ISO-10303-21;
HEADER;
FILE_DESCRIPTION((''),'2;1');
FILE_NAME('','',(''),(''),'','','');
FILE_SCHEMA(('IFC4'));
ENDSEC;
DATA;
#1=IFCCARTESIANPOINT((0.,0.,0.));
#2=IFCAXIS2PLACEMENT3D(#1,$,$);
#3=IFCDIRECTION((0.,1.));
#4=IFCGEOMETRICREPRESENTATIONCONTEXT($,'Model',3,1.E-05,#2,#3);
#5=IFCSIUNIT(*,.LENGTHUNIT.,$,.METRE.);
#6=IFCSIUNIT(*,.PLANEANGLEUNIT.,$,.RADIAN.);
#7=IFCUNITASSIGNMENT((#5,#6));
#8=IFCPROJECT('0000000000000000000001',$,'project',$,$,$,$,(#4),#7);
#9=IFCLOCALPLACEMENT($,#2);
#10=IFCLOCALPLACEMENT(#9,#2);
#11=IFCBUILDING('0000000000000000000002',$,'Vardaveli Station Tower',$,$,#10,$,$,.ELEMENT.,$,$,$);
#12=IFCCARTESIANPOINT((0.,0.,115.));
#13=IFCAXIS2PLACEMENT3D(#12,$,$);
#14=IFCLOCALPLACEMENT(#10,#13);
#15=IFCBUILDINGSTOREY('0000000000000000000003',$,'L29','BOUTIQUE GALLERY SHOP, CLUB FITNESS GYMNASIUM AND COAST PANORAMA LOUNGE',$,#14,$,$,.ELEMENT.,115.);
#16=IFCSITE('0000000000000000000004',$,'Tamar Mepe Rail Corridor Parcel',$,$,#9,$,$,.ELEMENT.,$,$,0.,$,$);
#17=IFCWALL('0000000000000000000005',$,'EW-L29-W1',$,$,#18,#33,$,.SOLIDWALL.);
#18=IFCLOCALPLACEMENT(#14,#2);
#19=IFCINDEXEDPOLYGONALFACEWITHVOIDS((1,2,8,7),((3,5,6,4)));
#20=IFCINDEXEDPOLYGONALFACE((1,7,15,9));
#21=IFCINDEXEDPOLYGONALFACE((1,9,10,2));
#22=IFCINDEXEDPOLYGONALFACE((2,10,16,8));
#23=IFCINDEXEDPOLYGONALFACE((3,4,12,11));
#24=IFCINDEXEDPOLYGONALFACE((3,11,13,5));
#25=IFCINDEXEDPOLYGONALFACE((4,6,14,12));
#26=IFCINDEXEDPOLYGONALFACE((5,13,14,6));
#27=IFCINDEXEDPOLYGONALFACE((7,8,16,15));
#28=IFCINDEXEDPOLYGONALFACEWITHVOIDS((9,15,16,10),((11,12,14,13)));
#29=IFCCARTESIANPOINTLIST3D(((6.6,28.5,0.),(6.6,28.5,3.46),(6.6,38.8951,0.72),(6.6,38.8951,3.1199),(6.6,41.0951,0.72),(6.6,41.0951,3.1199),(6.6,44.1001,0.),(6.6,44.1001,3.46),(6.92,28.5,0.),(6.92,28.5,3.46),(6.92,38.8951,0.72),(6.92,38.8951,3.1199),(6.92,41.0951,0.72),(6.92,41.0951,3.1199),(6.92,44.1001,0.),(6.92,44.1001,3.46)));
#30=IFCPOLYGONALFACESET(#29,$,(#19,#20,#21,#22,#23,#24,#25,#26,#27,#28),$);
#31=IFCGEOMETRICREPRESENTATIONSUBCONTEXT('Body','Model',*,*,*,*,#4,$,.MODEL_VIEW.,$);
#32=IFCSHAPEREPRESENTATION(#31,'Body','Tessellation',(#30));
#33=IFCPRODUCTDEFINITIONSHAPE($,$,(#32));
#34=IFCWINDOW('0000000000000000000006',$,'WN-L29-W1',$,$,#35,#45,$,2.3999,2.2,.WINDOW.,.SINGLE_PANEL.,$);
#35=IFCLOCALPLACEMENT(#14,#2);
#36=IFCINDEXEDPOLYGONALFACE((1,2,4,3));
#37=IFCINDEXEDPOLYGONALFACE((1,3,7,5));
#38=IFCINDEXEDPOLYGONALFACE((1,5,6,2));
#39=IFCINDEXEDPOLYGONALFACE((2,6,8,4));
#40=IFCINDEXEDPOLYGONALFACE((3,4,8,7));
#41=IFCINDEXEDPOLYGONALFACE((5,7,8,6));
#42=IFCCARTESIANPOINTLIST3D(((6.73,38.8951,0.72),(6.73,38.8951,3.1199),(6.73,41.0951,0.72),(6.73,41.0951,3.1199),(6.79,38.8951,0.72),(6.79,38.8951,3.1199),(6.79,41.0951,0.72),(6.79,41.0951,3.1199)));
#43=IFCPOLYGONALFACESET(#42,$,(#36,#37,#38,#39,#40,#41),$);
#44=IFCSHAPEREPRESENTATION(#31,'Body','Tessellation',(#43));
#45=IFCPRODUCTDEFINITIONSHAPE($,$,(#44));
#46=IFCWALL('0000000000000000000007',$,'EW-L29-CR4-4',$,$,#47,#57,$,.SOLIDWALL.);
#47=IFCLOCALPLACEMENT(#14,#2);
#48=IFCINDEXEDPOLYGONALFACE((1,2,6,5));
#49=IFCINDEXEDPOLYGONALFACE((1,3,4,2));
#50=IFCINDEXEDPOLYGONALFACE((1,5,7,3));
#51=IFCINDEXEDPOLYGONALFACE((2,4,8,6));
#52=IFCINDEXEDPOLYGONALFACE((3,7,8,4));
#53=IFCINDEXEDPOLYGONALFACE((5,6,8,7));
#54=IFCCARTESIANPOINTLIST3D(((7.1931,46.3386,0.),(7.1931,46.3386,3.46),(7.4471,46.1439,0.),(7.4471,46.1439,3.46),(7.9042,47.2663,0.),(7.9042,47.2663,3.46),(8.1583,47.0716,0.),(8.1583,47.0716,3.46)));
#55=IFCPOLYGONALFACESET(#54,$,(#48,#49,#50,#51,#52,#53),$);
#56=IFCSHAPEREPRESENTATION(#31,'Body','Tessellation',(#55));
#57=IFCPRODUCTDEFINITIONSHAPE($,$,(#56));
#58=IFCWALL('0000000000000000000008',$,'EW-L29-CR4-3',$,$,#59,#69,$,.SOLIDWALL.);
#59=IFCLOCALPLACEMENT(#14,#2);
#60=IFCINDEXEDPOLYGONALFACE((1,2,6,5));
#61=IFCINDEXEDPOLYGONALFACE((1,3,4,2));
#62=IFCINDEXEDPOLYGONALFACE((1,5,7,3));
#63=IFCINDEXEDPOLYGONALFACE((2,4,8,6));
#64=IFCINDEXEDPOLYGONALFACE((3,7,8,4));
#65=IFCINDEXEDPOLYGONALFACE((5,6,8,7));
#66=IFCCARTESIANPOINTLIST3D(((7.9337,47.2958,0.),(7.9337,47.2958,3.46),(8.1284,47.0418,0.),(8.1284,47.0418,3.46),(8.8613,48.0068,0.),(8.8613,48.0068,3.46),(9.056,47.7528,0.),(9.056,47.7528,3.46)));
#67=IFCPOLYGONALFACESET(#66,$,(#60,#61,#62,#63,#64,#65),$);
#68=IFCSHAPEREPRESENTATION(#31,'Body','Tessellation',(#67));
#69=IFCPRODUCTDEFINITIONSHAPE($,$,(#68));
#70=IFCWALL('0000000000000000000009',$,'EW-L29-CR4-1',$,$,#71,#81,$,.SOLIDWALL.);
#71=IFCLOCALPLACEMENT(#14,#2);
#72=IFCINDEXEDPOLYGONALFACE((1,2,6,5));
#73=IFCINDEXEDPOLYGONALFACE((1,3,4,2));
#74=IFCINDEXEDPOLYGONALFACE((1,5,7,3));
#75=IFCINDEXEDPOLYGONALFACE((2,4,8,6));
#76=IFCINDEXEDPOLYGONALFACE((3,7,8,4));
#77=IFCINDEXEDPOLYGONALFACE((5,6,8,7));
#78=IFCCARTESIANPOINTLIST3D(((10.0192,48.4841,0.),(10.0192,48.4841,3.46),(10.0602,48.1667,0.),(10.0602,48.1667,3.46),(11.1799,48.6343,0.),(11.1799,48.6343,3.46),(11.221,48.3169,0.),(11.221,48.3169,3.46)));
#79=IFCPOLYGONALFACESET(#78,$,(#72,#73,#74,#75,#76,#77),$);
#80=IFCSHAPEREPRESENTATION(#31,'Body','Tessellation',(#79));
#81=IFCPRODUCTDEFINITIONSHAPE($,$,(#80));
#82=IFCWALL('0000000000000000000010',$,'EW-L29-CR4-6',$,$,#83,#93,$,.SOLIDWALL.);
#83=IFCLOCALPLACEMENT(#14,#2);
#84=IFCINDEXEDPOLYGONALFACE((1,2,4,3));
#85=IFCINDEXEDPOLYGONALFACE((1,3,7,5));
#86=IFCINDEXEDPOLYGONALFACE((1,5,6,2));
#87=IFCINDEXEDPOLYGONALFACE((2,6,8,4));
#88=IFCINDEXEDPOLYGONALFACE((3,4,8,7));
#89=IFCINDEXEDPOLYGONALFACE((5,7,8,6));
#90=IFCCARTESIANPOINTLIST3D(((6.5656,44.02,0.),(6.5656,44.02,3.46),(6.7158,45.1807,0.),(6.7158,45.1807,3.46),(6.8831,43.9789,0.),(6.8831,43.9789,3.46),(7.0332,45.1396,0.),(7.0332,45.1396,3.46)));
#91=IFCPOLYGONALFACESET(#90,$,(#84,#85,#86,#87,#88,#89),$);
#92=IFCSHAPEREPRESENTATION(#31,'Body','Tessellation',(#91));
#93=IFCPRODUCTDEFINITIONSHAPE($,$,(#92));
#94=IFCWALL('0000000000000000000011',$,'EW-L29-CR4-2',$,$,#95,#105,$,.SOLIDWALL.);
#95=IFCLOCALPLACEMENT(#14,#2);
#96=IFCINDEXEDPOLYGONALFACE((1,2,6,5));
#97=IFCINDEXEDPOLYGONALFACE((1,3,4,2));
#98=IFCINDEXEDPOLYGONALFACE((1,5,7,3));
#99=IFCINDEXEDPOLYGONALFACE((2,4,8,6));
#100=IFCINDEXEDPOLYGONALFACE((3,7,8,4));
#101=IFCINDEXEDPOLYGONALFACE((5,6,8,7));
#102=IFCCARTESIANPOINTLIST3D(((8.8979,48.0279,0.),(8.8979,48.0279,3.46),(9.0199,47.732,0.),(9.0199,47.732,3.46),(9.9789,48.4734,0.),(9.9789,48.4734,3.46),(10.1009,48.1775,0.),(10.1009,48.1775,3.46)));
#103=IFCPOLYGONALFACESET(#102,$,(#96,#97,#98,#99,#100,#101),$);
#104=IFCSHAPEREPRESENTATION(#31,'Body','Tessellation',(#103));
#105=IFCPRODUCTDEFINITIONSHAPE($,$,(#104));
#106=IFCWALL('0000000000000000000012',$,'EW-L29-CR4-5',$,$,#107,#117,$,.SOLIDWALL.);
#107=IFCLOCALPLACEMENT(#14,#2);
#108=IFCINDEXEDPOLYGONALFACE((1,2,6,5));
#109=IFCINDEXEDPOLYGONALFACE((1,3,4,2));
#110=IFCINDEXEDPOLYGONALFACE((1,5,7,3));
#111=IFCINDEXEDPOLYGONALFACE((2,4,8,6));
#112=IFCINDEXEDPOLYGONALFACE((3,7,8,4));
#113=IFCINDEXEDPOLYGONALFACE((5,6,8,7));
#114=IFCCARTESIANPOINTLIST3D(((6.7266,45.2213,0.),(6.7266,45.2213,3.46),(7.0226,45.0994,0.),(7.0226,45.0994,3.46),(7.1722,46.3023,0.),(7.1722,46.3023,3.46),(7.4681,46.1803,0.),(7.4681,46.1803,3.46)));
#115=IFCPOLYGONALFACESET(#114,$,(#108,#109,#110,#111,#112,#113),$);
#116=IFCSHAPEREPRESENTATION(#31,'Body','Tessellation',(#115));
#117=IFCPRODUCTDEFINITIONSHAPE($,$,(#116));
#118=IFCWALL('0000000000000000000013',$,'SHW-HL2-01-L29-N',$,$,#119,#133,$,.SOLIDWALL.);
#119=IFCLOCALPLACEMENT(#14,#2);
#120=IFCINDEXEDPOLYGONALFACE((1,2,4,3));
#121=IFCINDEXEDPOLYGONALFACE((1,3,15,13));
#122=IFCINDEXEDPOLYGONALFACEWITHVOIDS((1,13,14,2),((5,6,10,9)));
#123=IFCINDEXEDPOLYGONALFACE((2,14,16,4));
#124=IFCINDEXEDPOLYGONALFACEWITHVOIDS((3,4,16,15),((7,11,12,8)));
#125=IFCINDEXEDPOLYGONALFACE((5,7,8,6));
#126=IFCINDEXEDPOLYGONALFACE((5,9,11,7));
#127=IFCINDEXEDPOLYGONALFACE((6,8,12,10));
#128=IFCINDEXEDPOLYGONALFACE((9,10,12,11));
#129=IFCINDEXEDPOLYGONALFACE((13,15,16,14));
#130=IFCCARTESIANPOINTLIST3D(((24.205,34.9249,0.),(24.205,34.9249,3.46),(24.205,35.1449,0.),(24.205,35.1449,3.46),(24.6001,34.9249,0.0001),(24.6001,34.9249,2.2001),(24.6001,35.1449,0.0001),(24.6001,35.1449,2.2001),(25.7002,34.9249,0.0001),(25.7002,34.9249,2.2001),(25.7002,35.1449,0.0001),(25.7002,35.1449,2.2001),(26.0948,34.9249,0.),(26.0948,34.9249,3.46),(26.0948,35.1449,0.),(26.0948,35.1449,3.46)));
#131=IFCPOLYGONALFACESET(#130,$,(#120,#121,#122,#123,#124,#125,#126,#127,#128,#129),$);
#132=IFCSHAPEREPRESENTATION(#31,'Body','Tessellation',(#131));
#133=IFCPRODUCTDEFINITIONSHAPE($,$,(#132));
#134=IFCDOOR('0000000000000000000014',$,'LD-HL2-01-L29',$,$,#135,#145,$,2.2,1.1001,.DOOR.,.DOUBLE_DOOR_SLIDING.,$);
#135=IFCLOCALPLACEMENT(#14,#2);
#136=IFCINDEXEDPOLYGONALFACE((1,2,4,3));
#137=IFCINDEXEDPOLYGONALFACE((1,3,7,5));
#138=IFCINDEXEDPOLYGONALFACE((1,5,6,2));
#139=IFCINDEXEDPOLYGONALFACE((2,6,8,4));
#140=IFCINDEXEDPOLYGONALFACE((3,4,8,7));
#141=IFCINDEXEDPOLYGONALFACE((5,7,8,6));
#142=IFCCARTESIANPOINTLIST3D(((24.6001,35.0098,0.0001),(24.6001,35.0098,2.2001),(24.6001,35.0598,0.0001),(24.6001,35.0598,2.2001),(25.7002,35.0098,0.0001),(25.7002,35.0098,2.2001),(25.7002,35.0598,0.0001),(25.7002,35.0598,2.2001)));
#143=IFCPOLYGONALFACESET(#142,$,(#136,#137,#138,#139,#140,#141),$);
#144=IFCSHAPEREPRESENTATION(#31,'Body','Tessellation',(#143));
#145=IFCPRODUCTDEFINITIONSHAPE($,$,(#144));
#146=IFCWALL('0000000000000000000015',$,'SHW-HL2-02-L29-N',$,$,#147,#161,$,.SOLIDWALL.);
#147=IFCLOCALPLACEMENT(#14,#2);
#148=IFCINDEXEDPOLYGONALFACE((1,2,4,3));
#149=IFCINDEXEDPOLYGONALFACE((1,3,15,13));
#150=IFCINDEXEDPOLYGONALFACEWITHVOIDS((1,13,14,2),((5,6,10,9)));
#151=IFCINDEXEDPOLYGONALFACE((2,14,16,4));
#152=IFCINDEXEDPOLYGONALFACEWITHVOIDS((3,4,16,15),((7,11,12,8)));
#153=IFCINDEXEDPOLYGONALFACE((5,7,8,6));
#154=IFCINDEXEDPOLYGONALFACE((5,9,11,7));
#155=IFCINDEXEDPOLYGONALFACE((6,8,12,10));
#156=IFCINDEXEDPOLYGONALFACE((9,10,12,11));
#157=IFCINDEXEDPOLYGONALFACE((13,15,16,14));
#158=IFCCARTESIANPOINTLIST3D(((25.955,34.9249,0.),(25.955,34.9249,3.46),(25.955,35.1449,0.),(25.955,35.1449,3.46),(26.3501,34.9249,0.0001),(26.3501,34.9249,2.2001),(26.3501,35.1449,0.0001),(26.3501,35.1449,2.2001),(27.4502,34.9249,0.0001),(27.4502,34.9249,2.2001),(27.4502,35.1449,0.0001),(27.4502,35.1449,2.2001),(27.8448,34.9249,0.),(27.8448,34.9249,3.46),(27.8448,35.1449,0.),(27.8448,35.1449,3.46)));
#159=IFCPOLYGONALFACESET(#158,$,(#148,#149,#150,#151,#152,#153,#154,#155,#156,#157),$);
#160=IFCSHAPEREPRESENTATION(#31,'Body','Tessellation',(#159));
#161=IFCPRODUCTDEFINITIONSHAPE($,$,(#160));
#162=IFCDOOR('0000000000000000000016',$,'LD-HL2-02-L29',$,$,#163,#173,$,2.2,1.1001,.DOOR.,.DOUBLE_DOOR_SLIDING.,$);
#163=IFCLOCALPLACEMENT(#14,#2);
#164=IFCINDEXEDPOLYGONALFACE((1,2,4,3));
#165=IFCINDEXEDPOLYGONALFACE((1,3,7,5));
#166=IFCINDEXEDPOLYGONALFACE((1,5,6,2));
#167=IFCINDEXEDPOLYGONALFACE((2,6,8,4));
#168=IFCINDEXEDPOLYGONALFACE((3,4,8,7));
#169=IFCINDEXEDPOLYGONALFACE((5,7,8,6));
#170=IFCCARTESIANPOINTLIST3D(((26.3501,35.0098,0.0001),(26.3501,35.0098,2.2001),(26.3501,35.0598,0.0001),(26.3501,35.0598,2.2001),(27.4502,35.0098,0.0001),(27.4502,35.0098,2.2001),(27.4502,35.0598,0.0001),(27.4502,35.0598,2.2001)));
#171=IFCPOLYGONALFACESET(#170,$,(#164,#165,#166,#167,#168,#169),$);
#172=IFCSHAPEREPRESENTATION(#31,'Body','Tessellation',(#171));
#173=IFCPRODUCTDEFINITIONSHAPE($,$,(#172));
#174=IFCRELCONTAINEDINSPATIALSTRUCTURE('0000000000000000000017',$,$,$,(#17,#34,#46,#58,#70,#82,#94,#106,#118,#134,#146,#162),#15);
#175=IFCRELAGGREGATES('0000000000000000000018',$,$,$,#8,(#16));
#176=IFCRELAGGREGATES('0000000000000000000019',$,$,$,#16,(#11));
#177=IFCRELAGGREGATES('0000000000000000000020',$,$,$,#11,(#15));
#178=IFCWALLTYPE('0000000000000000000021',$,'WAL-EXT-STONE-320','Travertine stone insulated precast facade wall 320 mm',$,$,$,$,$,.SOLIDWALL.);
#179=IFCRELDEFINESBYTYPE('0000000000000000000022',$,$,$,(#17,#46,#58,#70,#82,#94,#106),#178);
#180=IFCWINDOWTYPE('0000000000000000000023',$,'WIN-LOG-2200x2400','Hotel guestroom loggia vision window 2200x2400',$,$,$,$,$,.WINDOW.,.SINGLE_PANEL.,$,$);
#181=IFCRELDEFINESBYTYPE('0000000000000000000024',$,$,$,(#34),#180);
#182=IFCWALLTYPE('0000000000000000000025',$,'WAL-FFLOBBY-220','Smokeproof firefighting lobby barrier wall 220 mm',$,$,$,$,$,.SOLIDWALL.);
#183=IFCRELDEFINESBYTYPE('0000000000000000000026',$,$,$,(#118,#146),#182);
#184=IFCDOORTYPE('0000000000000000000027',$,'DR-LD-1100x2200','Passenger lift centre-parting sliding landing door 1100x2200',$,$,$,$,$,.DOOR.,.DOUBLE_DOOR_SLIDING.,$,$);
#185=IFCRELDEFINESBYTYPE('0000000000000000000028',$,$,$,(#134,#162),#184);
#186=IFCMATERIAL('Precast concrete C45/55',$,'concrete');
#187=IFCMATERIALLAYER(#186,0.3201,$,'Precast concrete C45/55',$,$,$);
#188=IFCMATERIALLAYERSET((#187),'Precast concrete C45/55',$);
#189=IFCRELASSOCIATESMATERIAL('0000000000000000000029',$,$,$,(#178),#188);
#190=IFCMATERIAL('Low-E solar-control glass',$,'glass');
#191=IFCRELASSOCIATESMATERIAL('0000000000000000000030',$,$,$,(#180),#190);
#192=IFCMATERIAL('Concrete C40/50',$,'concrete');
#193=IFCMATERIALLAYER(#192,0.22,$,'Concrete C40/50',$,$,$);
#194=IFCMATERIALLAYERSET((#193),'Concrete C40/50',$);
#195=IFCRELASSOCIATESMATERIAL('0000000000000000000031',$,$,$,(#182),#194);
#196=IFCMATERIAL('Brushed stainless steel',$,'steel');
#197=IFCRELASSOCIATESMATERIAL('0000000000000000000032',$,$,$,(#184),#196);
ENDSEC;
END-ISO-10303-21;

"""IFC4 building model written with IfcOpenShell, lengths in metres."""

from ifc_helpers import new_model, si_unit, direction, frame, frame_2d, origin, place, context, subcontext, project, spatial, rectangle, extrude, source, transform, mapped, material, layer, layer_set, type_object, element, fill, save


model = new_model("IFC4")

# Units and contexts
model_context = context("Model", 3, precision=1e-05, world=origin(), true_north=direction((0.0, 1.0)))
body_context = subcontext(model_context, "Body", "Model", "MODEL_VIEW")
ifc_project = project(units=[si_unit("LENGTHUNIT", "METRE"), si_unit("PLANEANGLEUNIT", "RADIAN")], contexts=[model_context])

# Site, building, storey
site_placement = place(None, origin())
site = spatial("IfcSite", under=ifc_project, at=site_placement, Name="Tamar Mepe Rail Corridor Parcel", CompositionType="ELEMENT", RefElevation=0.0)
building_placement = place(site_placement, origin())
building = spatial("IfcBuilding", under=site, at=building_placement, Name="Vardaveli Station Tower", CompositionType="ELEMENT")
storey_placement = place(building_placement, frame((0.0, 0.0, 115.0)))
storey = spatial("IfcBuildingStorey", under=building, at=storey_placement, Name="L29", Description="BOUTIQUE GALLERY SHOP, CLUB FITNESS GYMNASIUM AND COAST PANORAMA LOUNGE", CompositionType="ELEMENT", Elevation=115.0)

# Shared definitions
ifc_material_1 = material(Name="Precast concrete C45/55", Category="concrete")

# Wall, opening, window
ifc_layer_1 = layer(ifc_material_1, 0.3201, Name="Precast concrete C45/55")
ifc_layer_set_1 = layer_set([ifc_layer_1], Name="Precast concrete C45/55")
wall_type_1 = type_object("IfcWallType", Name="WAL-EXT-STONE-320", Description="Travertine stone insulated precast facade wall 320 mm", PredefinedType="SOLIDWALL", material=ifc_layer_set_1)
shared_shape_1 = source(origin(), body_context, "Body", "SweptSolid", [
    extrude(rectangle(XDim=15.6001, YDim=0.3201, at=frame_2d((7.8, 0.0))), origin(), (0.0, 0.0, 1.0), 3.46),
])
wall_1_placement = place(storey_placement, frame((6.76, 44.1001, 0.0), z_axis=(0.0, 0.0, 1.0), x_axis=(0.0, -1.0, 0.0)))
wall_1 = element("IfcWall", 1, at=wall_1_placement, inside=storey, type_object=wall_type_1, Name="EW-L29-W1", PredefinedType="SOLIDWALL", context=body_context, shape_type="MappedRepresentation", body=[
    mapped(shared_shape_1, transform((0.0, 0.0, 0.0), scale=1.0)),
])
shared_shape_2 = source(origin(), body_context, "Body", "SweptSolid", [
    extrude(rectangle(XDim=2.2, YDim=2.3999, at=frame_2d((1.1001, 1.2))), frame((0.0, 0.1699, 0.0), z_axis=(0.0, -1.0, 0.0), x_axis=(1.0, 0.0, 0.0)), (0.0, 0.0, 1.0), 0.3401),
])
opening_1_placement = place(wall_1_placement, frame((3.0049, 0.0, 0.72)))
opening_1 = element("IfcOpeningElement", 2, at=opening_1_placement, cuts=wall_1, PredefinedType="OPENING", context=body_context, shape_type="MappedRepresentation", body=[
    mapped(shared_shape_2, transform((0.0, 0.0, 0.0), scale=1.0)),
])
ifc_material_2 = material(Name="Low-E solar-control glass", Category="glass")
window_type = type_object("IfcWindowType", Name="WIN-LOG-2200x2400", Description="Hotel guestroom loggia vision window 2200x2400", PartitioningType="SINGLE_PANEL", PredefinedType="WINDOW", material=ifc_material_2)
shared_shape_3 = source(origin(), body_context, "Body", "SweptSolid", [
    extrude(rectangle(XDim=2.2, YDim=2.3999, at=frame_2d((1.1001, 1.2))), frame((0.0, 0.03, 0.0), z_axis=(0.0, -1.0, 0.0), x_axis=(1.0, 0.0, 0.0)), (0.0, 0.0, 1.0), 0.0601),
])
window_placement = place(opening_1_placement, origin())
window = element("IfcWindow", 3, at=window_placement, inside=storey, type_object=window_type, Name="WN-L29-W1", OverallHeight=2.3999, OverallWidth=2.2, PartitioningType="SINGLE_PANEL", PredefinedType="WINDOW", context=body_context, shape_type="MappedRepresentation", body=[
    mapped(shared_shape_3, transform((0.0, 0.0, 0.0), scale=1.0)),
])
fill(opening_1, window)

# Walls
shared_shape_4 = source(origin(), body_context, "Body", "SweptSolid", [
    extrude(rectangle(XDim=1.1689, YDim=0.3201, at=frame_2d((0.5845, 0.0))), origin(), (0.0, 0.0, 1.0), 3.46),
])
wall_2_placement = place(storey_placement, frame((8.0312, 47.1689, 0.0), z_axis=(0.0, 0.0, 1.0), x_axis=(-0.608388, -0.79364, 0.0)))
element("IfcWall", 4, at=wall_2_placement, inside=storey, type_object=wall_type_1, Name="EW-L29-CR4-4", PredefinedType="SOLIDWALL", context=body_context, shape_type="MappedRepresentation", body=[
    mapped(shared_shape_4, transform((0.0, 0.0, 0.0), scale=1.0)),
])
shared_shape_5 = source(origin(), body_context, "Body", "SweptSolid", [
    extrude(rectangle(XDim=1.1687, YDim=0.3201, at=frame_2d((0.5845, 0.0))), origin(), (0.0, 0.0, 1.0), 3.46),
])
wall_3_placement = place(storey_placement, frame((8.9587, 47.8799, 0.0), z_axis=(0.0, 0.0, 1.0), x_axis=(-0.793664, -0.608357, 0.0)))
element("IfcWall", 5, at=wall_3_placement, inside=storey, type_object=wall_type_1, Name="EW-L29-CR4-3", PredefinedType="SOLIDWALL", context=body_context, shape_type="MappedRepresentation", body=[
    mapped(shared_shape_5, transform((0.0, 0.0, 0.0), scale=1.0)),
])
shared_shape_6 = source(origin(), body_context, "Body", "SweptSolid", [
    extrude(rectangle(XDim=1.1704, YDim=0.3201, at=frame_2d((0.5852, 0.0))), origin(), (0.0, 0.0, 1.0), 3.46),
])
for number, where, z_axis, x_axis, name in (
    (6, (11.2004, 48.4756, 0.0), (0.0, 0.0, 1.0), (-0.991736, -0.128296, 0.0), "EW-L29-CR4-1"),
    (7, (6.8745, 45.1602, 0.0), (0.0, 0.0, 1.0), (-0.128296, -0.991736, 0.0), "EW-L29-CR4-6"),
):
    element("IfcWall", number, at=place(storey_placement, frame(where, z_axis=z_axis, x_axis=x_axis)), inside=storey, type_object=wall_type_1, Name=name, PredefinedType="SOLIDWALL", context=body_context, shape_type="MappedRepresentation", body=[
        mapped(shared_shape_6, transform((0.0, 0.0, 0.0), scale=1.0)),
    ])
shared_shape_7 = source(origin(), body_context, "Body", "SweptSolid", [
    extrude(rectangle(XDim=1.1692, YDim=0.3201, at=frame_2d((0.5845, 0.0))), origin(), (0.0, 0.0, 1.0), 3.46),
])
for number, where, z_axis, x_axis, name in (
    (8, (10.0398, 48.3254, 0.0), (0.0, 0.0, 1.0), (-0.924553, -0.381054, 0.0), "EW-L29-CR4-2"),
    (9, (7.3201, 46.2412, 0.0), (0.0, 0.0, 1.0), (-0.381054, -0.924553, 0.0), "EW-L29-CR4-5"),
):
    element("IfcWall", number, at=place(storey_placement, frame(where, z_axis=z_axis, x_axis=x_axis)), inside=storey, type_object=wall_type_1, Name=name, PredefinedType="SOLIDWALL", context=body_context, shape_type="MappedRepresentation", body=[
        mapped(shared_shape_7, transform((0.0, 0.0, 0.0), scale=1.0)),
    ])

# Walls, openings, doors
ifc_material_3 = material(Name="Concrete C40/50", Category="concrete")
ifc_layer_2 = layer(ifc_material_3, 0.22, Name="Concrete C40/50")
ifc_layer_set_2 = layer_set([ifc_layer_2], Name="Concrete C40/50")
wall_type_2 = type_object("IfcWallType", Name="WAL-FFLOBBY-220", Description="Smokeproof firefighting lobby barrier wall 220 mm", PredefinedType="SOLIDWALL", material=ifc_layer_set_2)
shared_shape_8 = source(origin(), body_context, "Body", "SweptSolid", [
    extrude(rectangle(XDim=1.8899, YDim=0.22, at=frame_2d((0.9448, 0.0))), origin(), (0.0, 0.0, 1.0), 3.46),
])
wall_4_placement = place(storey_placement, frame((24.2051, 35.0349, 0.0), z_axis=(0.0, 0.0, 1.0), x_axis=(1.0, 0.0, 0.0)))
wall_4 = element("IfcWall", 10, at=wall_4_placement, inside=storey, type_object=wall_type_2, Name="SHW-HL2-01-L29-N", PredefinedType="SOLIDWALL", context=body_context, shape_type="MappedRepresentation", body=[
    mapped(shared_shape_8, transform((0.0, 0.0, 0.0), scale=1.0)),
])
shared_shape_9 = source(origin(), body_context, "Body", "SweptSolid", [
    extrude(rectangle(XDim=1.1001, YDim=2.2, at=frame_2d((0.55, 1.1001))), frame((0.0, 0.1201, 0.0), z_axis=(0.0, -1.0, 0.0), x_axis=(1.0, 0.0, 0.0)), (0.0, 0.0, 1.0), 0.24),
])
opening_2_placement = place(wall_4_placement, frame((0.395, 0.0, 0.0)))
opening_2 = element("IfcOpeningElement", 11, at=opening_2_placement, cuts=wall_4, PredefinedType="OPENING", context=body_context, shape_type="MappedRepresentation", body=[
    mapped(shared_shape_9, transform((0.0, 0.0, 0.0), scale=1.0)),
])
ifc_material_4 = material(Name="Brushed stainless steel", Category="steel")
door_type_1 = type_object("IfcDoorType", Name="DR-LD-1100x2200", Description="Passenger lift centre-parting sliding landing door 1100x2200", OperationType="DOUBLE_DOOR_SLIDING", PredefinedType="DOOR", material=ifc_material_4)
shared_shape_10 = source(origin(), body_context, "Body", "SweptSolid", [
    extrude(rectangle(XDim=1.1001, YDim=2.2, at=frame_2d((0.55, 1.1001))), frame((0.0, 0.0249, 0.0), z_axis=(0.0, -1.0, 0.0), x_axis=(1.0, 0.0, 0.0)), (0.0, 0.0, 1.0), 0.05),
])
door_1_placement = place(opening_2_placement, origin())
door_1 = element("IfcDoor", 12, at=door_1_placement, inside=storey, type_object=door_type_1, Name="LD-HL2-01-L29", OperationType="DOUBLE_DOOR_SLIDING", OverallHeight=2.2, OverallWidth=1.1001, PredefinedType="DOOR", context=body_context, shape_type="MappedRepresentation", body=[
    mapped(shared_shape_10, transform((0.0, 0.0, 0.0), scale=1.0)),
])
fill(opening_2, door_1)
wall_5_placement = place(storey_placement, frame((25.9551, 35.0349, 0.0), z_axis=(0.0, 0.0, 1.0), x_axis=(1.0, 0.0, 0.0)))
wall_5 = element("IfcWall", 13, at=wall_5_placement, inside=storey, type_object=wall_type_2, Name="SHW-HL2-02-L29-N", PredefinedType="SOLIDWALL", context=body_context, shape_type="MappedRepresentation", body=[
    mapped(shared_shape_8, transform((0.0, 0.0, 0.0), scale=1.0)),
])
opening_3_placement = place(wall_5_placement, frame((0.395, 0.0, 0.0)))
opening_3 = element("IfcOpeningElement", 14, at=opening_3_placement, cuts=wall_5, PredefinedType="OPENING", context=body_context, shape_type="MappedRepresentation", body=[
    mapped(shared_shape_9, transform((0.0, 0.0, 0.0), scale=1.0)),
])
door_2_placement = place(opening_3_placement, origin())
door_2 = element("IfcDoor", 15, at=door_2_placement, inside=storey, type_object=door_type_1, Name="LD-HL2-02-L29", OperationType="DOUBLE_DOOR_SLIDING", OverallHeight=2.2, OverallWidth=1.1001, PredefinedType="DOOR", context=body_context, shape_type="MappedRepresentation", body=[
    mapped(shared_shape_10, transform((0.0, 0.0, 0.0), scale=1.0)),
])
fill(opening_3, door_2)

save(model, "model.ifc")
